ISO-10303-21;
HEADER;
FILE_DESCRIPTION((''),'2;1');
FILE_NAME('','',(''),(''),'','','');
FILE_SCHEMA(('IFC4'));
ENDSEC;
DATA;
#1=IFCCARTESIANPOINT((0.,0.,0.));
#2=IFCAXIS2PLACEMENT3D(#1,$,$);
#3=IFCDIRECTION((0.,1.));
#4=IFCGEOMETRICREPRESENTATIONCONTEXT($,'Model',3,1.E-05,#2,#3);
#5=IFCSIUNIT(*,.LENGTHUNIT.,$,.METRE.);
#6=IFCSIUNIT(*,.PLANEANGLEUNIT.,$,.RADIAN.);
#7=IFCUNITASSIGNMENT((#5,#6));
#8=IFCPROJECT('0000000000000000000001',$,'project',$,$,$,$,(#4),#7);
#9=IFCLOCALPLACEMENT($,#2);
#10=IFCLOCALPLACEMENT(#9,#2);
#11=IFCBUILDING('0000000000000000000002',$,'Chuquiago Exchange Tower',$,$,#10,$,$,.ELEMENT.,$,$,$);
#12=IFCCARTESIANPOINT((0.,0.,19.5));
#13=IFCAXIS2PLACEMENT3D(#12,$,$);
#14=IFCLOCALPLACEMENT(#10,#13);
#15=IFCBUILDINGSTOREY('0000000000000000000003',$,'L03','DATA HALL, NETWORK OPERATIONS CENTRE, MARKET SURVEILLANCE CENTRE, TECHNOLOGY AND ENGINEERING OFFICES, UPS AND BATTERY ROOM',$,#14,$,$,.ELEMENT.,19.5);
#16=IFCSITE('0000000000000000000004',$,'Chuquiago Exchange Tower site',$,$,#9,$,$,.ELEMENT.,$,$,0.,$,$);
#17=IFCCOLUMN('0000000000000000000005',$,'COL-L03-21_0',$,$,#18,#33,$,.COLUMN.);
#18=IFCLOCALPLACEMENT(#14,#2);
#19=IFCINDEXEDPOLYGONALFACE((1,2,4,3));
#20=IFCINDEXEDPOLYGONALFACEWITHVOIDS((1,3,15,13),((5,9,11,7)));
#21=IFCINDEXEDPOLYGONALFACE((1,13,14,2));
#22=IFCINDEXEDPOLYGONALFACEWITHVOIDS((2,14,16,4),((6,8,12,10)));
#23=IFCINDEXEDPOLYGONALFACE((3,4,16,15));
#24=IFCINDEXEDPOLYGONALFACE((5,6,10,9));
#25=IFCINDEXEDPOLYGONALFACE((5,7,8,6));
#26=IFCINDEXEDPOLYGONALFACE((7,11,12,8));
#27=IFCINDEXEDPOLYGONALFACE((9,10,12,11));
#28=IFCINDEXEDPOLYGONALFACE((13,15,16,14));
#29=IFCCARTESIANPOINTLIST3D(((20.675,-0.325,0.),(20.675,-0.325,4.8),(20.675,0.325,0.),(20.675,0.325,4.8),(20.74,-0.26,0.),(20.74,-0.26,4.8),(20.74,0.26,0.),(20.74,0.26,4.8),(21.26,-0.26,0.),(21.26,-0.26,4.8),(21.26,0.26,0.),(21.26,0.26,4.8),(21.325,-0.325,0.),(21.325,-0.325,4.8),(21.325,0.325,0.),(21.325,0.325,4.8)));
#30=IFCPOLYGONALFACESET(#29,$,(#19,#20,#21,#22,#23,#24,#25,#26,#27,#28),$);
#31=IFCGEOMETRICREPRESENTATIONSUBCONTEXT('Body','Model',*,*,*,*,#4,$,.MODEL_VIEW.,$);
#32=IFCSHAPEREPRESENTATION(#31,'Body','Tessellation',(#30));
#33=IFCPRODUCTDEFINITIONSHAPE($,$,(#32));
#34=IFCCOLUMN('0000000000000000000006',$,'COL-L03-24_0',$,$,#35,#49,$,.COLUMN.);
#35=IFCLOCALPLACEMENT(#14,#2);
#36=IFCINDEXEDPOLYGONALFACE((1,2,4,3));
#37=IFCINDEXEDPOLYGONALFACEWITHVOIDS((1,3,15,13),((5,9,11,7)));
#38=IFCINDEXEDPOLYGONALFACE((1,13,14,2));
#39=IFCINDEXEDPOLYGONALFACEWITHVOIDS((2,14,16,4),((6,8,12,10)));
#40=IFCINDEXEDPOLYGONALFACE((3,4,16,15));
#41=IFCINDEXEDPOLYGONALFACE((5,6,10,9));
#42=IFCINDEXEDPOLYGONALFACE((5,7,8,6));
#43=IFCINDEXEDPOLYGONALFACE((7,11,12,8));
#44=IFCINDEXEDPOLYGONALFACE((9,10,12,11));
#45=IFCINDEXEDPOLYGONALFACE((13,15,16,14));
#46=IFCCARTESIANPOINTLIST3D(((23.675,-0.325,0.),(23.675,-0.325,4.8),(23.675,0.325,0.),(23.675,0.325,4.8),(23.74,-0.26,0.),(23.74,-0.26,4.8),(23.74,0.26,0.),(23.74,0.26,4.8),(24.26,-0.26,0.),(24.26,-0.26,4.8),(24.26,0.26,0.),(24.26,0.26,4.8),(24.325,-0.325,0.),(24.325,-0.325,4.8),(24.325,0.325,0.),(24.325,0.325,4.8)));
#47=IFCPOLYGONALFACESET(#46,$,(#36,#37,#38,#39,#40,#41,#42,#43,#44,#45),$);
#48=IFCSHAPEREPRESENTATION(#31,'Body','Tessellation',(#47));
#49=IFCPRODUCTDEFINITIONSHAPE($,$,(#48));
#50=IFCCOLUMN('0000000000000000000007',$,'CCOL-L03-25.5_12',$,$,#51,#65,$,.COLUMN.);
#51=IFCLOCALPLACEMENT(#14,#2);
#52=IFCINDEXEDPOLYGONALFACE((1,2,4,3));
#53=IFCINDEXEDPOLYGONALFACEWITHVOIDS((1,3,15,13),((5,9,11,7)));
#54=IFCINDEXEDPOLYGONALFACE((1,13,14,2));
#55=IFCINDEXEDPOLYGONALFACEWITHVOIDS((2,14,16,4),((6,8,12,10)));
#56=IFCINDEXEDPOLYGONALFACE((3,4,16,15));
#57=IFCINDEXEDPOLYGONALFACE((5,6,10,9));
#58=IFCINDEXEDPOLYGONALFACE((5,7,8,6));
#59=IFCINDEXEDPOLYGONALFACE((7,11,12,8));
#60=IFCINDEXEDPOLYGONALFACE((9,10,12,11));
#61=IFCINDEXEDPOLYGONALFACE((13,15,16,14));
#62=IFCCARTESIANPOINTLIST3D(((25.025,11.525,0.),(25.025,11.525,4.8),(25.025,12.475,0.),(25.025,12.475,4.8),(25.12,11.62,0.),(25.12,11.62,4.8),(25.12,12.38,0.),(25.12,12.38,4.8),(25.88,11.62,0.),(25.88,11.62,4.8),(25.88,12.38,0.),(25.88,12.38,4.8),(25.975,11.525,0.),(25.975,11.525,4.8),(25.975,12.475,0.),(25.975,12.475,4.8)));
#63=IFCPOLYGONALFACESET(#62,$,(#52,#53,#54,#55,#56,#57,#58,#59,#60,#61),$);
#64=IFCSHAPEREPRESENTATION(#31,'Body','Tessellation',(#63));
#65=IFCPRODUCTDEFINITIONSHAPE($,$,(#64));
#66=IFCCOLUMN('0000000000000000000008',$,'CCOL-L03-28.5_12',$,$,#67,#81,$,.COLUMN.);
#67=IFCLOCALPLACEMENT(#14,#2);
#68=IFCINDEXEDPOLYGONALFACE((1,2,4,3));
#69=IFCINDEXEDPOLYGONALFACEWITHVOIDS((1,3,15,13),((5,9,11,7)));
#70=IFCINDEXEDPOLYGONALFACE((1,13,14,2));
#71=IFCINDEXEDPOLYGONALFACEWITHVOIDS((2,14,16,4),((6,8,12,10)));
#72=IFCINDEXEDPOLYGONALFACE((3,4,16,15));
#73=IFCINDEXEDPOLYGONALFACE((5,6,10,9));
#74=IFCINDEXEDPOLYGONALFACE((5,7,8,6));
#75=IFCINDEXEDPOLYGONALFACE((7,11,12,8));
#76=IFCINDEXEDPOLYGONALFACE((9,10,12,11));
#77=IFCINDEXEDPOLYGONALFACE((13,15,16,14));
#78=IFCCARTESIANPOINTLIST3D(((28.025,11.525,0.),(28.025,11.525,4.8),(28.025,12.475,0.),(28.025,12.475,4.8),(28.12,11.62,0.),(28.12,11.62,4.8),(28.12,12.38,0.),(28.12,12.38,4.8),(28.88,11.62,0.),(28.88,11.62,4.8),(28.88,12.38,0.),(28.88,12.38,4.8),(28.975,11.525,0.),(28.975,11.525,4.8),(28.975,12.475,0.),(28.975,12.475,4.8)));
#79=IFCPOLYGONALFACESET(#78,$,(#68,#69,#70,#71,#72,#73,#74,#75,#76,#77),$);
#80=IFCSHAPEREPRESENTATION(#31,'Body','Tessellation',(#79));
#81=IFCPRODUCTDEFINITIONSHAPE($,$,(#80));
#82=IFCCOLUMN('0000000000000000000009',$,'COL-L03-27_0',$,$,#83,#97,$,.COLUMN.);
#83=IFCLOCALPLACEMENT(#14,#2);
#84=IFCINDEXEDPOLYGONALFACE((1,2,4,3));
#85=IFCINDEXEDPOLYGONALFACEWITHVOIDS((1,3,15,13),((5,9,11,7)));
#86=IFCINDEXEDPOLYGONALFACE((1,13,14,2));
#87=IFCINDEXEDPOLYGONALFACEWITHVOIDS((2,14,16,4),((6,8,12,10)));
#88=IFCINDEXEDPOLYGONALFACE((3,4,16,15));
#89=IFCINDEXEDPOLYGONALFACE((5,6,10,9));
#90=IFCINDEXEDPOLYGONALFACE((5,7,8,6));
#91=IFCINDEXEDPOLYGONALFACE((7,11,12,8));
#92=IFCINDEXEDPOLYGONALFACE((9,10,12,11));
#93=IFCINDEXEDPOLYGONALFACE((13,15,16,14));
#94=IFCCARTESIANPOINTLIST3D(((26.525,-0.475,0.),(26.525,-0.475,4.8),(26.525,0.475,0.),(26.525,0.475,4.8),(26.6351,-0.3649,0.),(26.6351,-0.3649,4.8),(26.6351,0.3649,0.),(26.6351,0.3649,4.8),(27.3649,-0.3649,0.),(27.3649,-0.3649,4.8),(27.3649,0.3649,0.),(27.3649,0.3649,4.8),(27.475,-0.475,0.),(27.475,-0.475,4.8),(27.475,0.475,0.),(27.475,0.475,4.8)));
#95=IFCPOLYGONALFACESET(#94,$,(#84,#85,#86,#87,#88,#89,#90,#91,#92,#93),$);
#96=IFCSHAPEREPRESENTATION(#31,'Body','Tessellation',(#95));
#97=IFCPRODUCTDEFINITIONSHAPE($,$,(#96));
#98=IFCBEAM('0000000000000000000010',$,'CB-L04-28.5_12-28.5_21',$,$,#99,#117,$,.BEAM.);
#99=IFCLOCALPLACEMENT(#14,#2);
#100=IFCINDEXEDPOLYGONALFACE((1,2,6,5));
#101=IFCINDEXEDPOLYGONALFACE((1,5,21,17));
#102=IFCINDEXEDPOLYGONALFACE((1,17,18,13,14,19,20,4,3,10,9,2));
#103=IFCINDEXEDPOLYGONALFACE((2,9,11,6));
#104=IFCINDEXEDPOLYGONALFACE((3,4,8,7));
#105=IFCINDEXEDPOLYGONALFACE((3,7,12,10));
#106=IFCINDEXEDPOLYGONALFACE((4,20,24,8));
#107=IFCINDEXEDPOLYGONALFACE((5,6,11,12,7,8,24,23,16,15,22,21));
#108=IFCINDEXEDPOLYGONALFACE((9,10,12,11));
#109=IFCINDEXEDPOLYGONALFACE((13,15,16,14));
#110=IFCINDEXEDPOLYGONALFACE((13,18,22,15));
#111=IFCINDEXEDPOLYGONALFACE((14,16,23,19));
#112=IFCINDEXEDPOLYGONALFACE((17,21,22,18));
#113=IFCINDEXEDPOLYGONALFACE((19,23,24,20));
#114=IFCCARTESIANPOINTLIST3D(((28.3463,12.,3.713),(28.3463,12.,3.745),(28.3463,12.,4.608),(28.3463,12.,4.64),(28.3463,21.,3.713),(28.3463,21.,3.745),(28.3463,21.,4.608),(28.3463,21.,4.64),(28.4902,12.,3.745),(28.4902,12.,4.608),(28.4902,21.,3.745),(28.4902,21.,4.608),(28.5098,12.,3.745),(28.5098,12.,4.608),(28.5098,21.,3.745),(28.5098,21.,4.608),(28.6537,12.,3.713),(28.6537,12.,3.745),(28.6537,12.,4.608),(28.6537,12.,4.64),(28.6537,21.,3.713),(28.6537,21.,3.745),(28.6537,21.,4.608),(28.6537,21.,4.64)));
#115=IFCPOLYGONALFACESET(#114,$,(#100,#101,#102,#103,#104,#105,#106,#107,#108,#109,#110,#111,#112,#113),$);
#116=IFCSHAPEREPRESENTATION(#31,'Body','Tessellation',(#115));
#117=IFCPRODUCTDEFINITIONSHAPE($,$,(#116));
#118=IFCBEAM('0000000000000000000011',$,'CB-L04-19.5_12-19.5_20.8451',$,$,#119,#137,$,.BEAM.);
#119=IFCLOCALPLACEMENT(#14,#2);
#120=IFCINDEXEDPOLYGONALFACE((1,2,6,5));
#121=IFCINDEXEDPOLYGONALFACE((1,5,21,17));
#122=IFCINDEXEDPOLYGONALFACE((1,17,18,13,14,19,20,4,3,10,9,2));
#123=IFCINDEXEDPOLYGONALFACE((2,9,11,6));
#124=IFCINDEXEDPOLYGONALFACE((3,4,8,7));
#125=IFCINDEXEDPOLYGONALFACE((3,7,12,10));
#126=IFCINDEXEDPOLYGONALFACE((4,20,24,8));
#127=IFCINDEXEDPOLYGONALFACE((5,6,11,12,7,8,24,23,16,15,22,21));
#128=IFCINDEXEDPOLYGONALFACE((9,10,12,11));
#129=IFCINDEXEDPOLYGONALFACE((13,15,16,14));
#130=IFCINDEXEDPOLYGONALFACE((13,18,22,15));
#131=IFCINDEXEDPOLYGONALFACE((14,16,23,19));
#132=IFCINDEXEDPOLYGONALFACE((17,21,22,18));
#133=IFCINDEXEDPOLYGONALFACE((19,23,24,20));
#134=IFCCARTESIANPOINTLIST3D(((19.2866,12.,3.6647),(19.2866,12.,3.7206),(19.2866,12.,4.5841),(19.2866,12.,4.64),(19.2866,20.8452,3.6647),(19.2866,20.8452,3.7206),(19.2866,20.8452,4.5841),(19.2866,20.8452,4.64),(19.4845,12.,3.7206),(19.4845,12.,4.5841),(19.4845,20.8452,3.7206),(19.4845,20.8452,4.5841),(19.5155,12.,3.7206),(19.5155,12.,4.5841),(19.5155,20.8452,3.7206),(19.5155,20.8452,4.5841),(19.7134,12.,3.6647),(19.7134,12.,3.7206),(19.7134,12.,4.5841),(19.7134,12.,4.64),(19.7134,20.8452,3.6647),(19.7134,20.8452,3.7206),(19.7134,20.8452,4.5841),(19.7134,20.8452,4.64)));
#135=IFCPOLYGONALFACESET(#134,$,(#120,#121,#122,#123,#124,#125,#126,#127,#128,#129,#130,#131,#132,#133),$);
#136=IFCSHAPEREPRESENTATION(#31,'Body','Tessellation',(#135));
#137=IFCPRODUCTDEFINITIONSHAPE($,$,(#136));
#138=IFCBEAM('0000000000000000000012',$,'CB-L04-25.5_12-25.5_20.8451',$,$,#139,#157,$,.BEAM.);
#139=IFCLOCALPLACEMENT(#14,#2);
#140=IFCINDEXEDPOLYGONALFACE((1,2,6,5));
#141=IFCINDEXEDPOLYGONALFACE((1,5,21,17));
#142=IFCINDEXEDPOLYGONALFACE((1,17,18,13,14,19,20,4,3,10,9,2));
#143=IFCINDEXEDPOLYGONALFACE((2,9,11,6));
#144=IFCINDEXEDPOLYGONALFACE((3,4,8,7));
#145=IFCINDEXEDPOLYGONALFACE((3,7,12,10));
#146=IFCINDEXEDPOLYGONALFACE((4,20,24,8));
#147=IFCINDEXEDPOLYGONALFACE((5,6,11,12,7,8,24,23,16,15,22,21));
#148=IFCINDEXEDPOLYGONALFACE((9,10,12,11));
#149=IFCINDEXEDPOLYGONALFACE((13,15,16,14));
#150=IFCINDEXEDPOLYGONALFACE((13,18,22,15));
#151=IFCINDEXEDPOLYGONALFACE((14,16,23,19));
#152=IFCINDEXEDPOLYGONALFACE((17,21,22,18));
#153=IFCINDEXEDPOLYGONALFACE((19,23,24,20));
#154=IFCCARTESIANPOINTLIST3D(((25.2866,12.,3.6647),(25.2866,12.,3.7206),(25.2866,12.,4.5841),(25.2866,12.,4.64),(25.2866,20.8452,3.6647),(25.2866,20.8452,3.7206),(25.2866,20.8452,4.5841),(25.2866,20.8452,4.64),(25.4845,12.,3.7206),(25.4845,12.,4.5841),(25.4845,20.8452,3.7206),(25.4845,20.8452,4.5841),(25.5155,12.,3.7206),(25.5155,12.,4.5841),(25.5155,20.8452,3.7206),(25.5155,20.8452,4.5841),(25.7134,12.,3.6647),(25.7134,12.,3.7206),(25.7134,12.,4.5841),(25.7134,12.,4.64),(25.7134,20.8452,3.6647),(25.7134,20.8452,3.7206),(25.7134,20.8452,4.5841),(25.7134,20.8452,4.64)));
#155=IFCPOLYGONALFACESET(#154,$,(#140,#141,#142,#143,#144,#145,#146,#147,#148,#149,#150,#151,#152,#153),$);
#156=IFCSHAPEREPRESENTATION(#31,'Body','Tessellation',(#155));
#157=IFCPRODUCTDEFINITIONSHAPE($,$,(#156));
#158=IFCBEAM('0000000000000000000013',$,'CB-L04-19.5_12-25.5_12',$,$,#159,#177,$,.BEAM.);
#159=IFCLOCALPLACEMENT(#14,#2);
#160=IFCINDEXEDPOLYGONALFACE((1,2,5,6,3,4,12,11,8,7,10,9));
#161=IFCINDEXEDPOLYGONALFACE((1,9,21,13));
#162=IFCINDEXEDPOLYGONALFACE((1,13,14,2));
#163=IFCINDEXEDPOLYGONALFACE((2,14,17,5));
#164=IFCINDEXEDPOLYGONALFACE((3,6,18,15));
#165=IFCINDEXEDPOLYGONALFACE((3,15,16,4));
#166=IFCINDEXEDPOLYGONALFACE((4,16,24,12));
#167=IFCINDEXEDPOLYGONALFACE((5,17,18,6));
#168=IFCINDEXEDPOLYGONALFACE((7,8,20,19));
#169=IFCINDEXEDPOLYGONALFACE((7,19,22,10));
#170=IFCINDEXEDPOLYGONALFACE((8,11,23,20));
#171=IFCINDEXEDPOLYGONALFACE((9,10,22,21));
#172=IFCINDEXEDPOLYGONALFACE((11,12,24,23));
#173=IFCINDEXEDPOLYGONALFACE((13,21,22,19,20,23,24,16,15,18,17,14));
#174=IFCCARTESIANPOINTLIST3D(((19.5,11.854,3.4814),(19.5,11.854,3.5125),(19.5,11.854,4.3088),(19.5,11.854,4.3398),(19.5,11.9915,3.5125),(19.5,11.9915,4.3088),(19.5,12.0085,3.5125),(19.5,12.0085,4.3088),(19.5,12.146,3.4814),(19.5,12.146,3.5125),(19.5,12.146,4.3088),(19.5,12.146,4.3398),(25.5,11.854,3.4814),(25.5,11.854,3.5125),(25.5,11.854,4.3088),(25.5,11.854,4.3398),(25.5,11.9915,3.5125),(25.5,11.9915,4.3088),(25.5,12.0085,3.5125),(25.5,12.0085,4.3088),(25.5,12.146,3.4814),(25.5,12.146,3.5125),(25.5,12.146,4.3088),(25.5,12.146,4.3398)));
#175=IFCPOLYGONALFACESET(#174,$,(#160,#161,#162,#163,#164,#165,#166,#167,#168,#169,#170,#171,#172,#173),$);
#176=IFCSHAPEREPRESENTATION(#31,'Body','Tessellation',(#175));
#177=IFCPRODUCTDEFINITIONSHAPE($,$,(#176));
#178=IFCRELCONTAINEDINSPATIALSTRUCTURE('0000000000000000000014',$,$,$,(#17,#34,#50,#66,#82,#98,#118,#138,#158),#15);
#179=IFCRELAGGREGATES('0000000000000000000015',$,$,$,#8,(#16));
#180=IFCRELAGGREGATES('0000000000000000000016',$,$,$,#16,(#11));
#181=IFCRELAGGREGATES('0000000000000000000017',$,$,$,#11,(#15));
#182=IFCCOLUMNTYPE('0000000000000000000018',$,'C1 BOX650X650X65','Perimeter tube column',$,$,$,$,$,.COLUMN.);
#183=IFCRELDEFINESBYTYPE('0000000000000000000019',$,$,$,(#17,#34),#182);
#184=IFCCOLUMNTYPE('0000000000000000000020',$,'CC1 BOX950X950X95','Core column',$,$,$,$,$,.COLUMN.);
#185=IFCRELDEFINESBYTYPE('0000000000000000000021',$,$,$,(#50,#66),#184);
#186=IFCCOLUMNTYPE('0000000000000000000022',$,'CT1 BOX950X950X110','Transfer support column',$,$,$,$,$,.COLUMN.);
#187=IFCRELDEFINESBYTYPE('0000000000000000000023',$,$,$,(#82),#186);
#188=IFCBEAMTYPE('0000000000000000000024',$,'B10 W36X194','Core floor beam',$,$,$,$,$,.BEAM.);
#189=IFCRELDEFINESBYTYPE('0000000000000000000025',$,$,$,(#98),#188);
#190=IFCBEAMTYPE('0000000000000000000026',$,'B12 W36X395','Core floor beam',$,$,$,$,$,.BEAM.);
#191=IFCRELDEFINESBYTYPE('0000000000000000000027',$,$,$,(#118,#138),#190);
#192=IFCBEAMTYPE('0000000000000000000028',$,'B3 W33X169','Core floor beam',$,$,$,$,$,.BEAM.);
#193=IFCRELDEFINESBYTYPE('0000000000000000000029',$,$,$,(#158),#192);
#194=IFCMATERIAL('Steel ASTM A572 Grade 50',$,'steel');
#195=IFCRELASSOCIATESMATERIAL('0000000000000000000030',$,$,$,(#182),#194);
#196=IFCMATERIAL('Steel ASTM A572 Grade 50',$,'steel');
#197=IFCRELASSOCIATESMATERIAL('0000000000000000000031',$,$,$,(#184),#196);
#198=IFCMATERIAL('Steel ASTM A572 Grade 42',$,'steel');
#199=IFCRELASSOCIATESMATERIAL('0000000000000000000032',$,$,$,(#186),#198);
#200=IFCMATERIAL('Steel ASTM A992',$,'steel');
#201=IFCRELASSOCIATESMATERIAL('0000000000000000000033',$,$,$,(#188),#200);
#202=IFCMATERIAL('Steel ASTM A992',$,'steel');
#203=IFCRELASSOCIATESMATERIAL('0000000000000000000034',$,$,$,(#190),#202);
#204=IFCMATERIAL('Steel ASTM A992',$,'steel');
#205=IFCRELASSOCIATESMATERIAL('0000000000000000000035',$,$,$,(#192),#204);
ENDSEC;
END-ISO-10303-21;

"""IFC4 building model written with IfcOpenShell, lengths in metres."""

from ifc_helpers import new_model, si_unit, direction, frame, origin, origin_2d, place, context, subcontext, project, spatial, hollow_rectangle, i_section, extrude, material, material_profile, profile_set, type_object, element, save


model = new_model("IFC4")

# Units and contexts
model_context = context("Model", 3, precision=1e-05, world=origin(), true_north=direction((0.0, 1.0)))
body_context = subcontext(model_context, "Body", "Model", "MODEL_VIEW")
ifc_project = project(units=[si_unit("LENGTHUNIT", "METRE"), si_unit("PLANEANGLEUNIT", "RADIAN")], contexts=[model_context])

# Site, building, storey
site_placement = place(None, origin())
site = spatial("IfcSite", under=ifc_project, at=site_placement, Name="Chuquiago Exchange Tower site", CompositionType="ELEMENT", RefElevation=0.0)
building_placement = place(site_placement, origin())
building = spatial("IfcBuilding", under=site, at=building_placement, Name="Chuquiago Exchange Tower", CompositionType="ELEMENT")
storey_placement = place(building_placement, frame((0.0, 0.0, 19.5)))
storey = spatial("IfcBuildingStorey", under=building, at=storey_placement, Name="L03", Description="DATA HALL, NETWORK OPERATIONS CENTRE, MARKET SURVEILLANCE CENTRE, TECHNOLOGY AND ENGINEERING OFFICES, UPS AND BATTERY ROOM", CompositionType="ELEMENT", Elevation=19.5)

# Columns
ifc_material_1 = material(Name="Steel ASTM A572 Grade 50", Category="steel")
ifc_material_profile_1 = material_profile(ifc_material_1, hollow_rectangle(XDim=0.6499, YDim=0.6499, WallThickness=0.0649, at=origin_2d()), Name="BOX650X650X65")
ifc_profile_set_1 = profile_set([ifc_material_profile_1], Name="Steel ASTM A572 Grade 50")
column_type_1 = type_object("IfcColumnType", Name="C1 BOX650X650X65", Description="Perimeter tube column", PredefinedType="COLUMN", material=ifc_profile_set_1)
for number, where, z_axis, x_axis, name in (
    (1, (21.0, 0.0, 0.0), (0.0, 0.0, 1.0), (0.0, -1.0, 0.0), "COL-L03-21_0"),
    (2, (24.0, 0.0, 0.0), (0.0, 0.0, 1.0), (0.0, -1.0, 0.0), "COL-L03-24_0"),
):
    element("IfcColumn", number, at=place(storey_placement, frame(where, z_axis=z_axis, x_axis=x_axis)), inside=storey, type_object=column_type_1, Name=name, PredefinedType="COLUMN", context=body_context, shape_type="SweptSolid", body=[
        extrude(hollow_rectangle(XDim=0.6499, YDim=0.6499, WallThickness=0.0649, at=origin_2d()), origin(), (0.0, 0.0, 1.0), 4.8),
    ])
ifc_material_2 = material(Name="Steel ASTM A572 Grade 50", Category="steel")
ifc_material_profile_2 = material_profile(ifc_material_2, hollow_rectangle(XDim=0.95, YDim=0.95, WallThickness=0.095, at=origin_2d()), Name="BOX950X950X95")
ifc_profile_set_2 = profile_set([ifc_material_profile_2], Name="Steel ASTM A572 Grade 50")
column_type_2 = type_object("IfcColumnType", Name="CC1 BOX950X950X95", Description="Core column", PredefinedType="COLUMN", material=ifc_profile_set_2)
for number, where, z_axis, x_axis, name in (
    (3, (25.5, 12.0, 0.0), (0.0, 0.0, 1.0), (1.0, 0.0, 0.0), "CCOL-L03-25.5_12"),
    (4, (28.5, 12.0, 0.0), (0.0, 0.0, 1.0), (1.0, 0.0, 0.0), "CCOL-L03-28.5_12"),
):
    element("IfcColumn", number, at=place(storey_placement, frame(where, z_axis=z_axis, x_axis=x_axis)), inside=storey, type_object=column_type_2, Name=name, PredefinedType="COLUMN", context=body_context, shape_type="SweptSolid", body=[
        extrude(hollow_rectangle(XDim=0.95, YDim=0.95, WallThickness=0.095, at=origin_2d()), origin(), (0.0, 0.0, 1.0), 4.8),
    ])
ifc_material_3 = material(Name="Steel ASTM A572 Grade 42", Category="steel")
ifc_material_profile_3 = material_profile(ifc_material_3, hollow_rectangle(XDim=0.95, YDim=0.95, WallThickness=0.1101, at=origin_2d()), Name="BOX950X950X110")
ifc_profile_set_3 = profile_set([ifc_material_profile_3], Name="Steel ASTM A572 Grade 42")
column_type_3 = type_object("IfcColumnType", Name="CT1 BOX950X950X110", Description="Transfer support column", PredefinedType="COLUMN", material=ifc_profile_set_3)
column_placement = place(storey_placement, frame((27.0, 0.0, 0.0), z_axis=(0.0, 0.0, 1.0), x_axis=(0.0, -1.0, 0.0)))
element("IfcColumn", 5, at=column_placement, inside=storey, type_object=column_type_3, Name="COL-L03-27_0", PredefinedType="COLUMN", context=body_context, shape_type="SweptSolid", body=[
    extrude(hollow_rectangle(XDim=0.95, YDim=0.95, WallThickness=0.1101, at=origin_2d()), origin(), (0.0, 0.0, 1.0), 4.8),
])

# Beams
ifc_material_4 = material(Name="Steel ASTM A992", Category="steel")
ifc_material_profile_4 = material_profile(ifc_material_4, i_section(OverallWidth=0.3074, OverallDepth=0.927, WebThickness=0.0195, FlangeThickness=0.032, at=origin_2d()), Name="W36X194")
ifc_profile_set_4 = profile_set([ifc_material_profile_4], Name="Steel ASTM A992")
beam_type_1 = type_object("IfcBeamType", Name="B10 W36X194", Description="Core floor beam", PredefinedType="BEAM", material=ifc_profile_set_4)
beam_1_placement = place(storey_placement, frame((28.5, 12.0, 4.1765), z_axis=(0.0, 1.0, 0.0), x_axis=(-1.0, 0.0, 0.0)))
element("IfcBeam", 6, at=beam_1_placement, inside=storey, type_object=beam_type_1, Name="CB-L04-28.5_12-28.5_21", PredefinedType="BEAM", context=body_context, shape_type="SweptSolid", body=[
    extrude(i_section(OverallWidth=0.3074, OverallDepth=0.927, WebThickness=0.0195, FlangeThickness=0.032, at=origin_2d()), origin(), (0.0, 0.0, 1.0), 9.0),
])
ifc_material_5 = material(Name="Steel ASTM A992", Category="steel")
ifc_material_profile_5 = material_profile(ifc_material_5, i_section(OverallWidth=0.4268, OverallDepth=0.9753, WebThickness=0.031, FlangeThickness=0.0559, at=origin_2d()), Name="W36X395")
ifc_profile_set_5 = profile_set([ifc_material_profile_5], Name="Steel ASTM A992")
beam_type_2 = type_object("IfcBeamType", Name="B12 W36X395", Description="Core floor beam", PredefinedType="BEAM", material=ifc_profile_set_5)
for number, where, z_axis, x_axis, name in (
    (7, (19.5, 12.0, 4.1523), (0.0, 1.0, 0.0), (-1.0, 0.0, 0.0), "CB-L04-19.5_12-19.5_20.8451"),
    (8, (25.5, 12.0, 4.1523), (0.0, 1.0, 0.0), (-1.0, 0.0, 0.0), "CB-L04-25.5_12-25.5_20.8451"),
):
    element("IfcBeam", number, at=place(storey_placement, frame(where, z_axis=z_axis, x_axis=x_axis)), inside=storey, type_object=beam_type_2, Name=name, PredefinedType="BEAM", context=body_context, shape_type="SweptSolid", body=[
        extrude(i_section(OverallWidth=0.4268, OverallDepth=0.9753, WebThickness=0.031, FlangeThickness=0.0559, at=origin_2d()), origin(), (0.0, 0.0, 1.0), 8.8452),
    ])
ifc_material_6 = material(Name="Steel ASTM A992", Category="steel")
ifc_material_profile_6 = material_profile(ifc_material_6, i_section(OverallWidth=0.292, OverallDepth=0.8584, WebThickness=0.0171, FlangeThickness=0.031, at=origin_2d()), Name="W33X169")
ifc_profile_set_6 = profile_set([ifc_material_profile_6], Name="Steel ASTM A992")
beam_type_3 = type_object("IfcBeamType", Name="B3 W33X169", Description="Core floor beam", PredefinedType="BEAM", material=ifc_profile_set_6)
beam_2_placement = place(storey_placement, frame((19.5, 12.0, 3.9106), z_axis=(1.0, 0.0, 0.0), x_axis=(0.0, 1.0, 0.0)))
element("IfcBeam", 9, at=beam_2_placement, inside=storey, type_object=beam_type_3, Name="CB-L04-19.5_12-25.5_12", PredefinedType="BEAM", context=body_context, shape_type="SweptSolid", body=[
    extrude(i_section(OverallWidth=0.292, OverallDepth=0.8584, WebThickness=0.0171, FlangeThickness=0.031, at=origin_2d()), origin(), (0.0, 0.0, 1.0), 6.0),
])

save(model, "model.ifc")
